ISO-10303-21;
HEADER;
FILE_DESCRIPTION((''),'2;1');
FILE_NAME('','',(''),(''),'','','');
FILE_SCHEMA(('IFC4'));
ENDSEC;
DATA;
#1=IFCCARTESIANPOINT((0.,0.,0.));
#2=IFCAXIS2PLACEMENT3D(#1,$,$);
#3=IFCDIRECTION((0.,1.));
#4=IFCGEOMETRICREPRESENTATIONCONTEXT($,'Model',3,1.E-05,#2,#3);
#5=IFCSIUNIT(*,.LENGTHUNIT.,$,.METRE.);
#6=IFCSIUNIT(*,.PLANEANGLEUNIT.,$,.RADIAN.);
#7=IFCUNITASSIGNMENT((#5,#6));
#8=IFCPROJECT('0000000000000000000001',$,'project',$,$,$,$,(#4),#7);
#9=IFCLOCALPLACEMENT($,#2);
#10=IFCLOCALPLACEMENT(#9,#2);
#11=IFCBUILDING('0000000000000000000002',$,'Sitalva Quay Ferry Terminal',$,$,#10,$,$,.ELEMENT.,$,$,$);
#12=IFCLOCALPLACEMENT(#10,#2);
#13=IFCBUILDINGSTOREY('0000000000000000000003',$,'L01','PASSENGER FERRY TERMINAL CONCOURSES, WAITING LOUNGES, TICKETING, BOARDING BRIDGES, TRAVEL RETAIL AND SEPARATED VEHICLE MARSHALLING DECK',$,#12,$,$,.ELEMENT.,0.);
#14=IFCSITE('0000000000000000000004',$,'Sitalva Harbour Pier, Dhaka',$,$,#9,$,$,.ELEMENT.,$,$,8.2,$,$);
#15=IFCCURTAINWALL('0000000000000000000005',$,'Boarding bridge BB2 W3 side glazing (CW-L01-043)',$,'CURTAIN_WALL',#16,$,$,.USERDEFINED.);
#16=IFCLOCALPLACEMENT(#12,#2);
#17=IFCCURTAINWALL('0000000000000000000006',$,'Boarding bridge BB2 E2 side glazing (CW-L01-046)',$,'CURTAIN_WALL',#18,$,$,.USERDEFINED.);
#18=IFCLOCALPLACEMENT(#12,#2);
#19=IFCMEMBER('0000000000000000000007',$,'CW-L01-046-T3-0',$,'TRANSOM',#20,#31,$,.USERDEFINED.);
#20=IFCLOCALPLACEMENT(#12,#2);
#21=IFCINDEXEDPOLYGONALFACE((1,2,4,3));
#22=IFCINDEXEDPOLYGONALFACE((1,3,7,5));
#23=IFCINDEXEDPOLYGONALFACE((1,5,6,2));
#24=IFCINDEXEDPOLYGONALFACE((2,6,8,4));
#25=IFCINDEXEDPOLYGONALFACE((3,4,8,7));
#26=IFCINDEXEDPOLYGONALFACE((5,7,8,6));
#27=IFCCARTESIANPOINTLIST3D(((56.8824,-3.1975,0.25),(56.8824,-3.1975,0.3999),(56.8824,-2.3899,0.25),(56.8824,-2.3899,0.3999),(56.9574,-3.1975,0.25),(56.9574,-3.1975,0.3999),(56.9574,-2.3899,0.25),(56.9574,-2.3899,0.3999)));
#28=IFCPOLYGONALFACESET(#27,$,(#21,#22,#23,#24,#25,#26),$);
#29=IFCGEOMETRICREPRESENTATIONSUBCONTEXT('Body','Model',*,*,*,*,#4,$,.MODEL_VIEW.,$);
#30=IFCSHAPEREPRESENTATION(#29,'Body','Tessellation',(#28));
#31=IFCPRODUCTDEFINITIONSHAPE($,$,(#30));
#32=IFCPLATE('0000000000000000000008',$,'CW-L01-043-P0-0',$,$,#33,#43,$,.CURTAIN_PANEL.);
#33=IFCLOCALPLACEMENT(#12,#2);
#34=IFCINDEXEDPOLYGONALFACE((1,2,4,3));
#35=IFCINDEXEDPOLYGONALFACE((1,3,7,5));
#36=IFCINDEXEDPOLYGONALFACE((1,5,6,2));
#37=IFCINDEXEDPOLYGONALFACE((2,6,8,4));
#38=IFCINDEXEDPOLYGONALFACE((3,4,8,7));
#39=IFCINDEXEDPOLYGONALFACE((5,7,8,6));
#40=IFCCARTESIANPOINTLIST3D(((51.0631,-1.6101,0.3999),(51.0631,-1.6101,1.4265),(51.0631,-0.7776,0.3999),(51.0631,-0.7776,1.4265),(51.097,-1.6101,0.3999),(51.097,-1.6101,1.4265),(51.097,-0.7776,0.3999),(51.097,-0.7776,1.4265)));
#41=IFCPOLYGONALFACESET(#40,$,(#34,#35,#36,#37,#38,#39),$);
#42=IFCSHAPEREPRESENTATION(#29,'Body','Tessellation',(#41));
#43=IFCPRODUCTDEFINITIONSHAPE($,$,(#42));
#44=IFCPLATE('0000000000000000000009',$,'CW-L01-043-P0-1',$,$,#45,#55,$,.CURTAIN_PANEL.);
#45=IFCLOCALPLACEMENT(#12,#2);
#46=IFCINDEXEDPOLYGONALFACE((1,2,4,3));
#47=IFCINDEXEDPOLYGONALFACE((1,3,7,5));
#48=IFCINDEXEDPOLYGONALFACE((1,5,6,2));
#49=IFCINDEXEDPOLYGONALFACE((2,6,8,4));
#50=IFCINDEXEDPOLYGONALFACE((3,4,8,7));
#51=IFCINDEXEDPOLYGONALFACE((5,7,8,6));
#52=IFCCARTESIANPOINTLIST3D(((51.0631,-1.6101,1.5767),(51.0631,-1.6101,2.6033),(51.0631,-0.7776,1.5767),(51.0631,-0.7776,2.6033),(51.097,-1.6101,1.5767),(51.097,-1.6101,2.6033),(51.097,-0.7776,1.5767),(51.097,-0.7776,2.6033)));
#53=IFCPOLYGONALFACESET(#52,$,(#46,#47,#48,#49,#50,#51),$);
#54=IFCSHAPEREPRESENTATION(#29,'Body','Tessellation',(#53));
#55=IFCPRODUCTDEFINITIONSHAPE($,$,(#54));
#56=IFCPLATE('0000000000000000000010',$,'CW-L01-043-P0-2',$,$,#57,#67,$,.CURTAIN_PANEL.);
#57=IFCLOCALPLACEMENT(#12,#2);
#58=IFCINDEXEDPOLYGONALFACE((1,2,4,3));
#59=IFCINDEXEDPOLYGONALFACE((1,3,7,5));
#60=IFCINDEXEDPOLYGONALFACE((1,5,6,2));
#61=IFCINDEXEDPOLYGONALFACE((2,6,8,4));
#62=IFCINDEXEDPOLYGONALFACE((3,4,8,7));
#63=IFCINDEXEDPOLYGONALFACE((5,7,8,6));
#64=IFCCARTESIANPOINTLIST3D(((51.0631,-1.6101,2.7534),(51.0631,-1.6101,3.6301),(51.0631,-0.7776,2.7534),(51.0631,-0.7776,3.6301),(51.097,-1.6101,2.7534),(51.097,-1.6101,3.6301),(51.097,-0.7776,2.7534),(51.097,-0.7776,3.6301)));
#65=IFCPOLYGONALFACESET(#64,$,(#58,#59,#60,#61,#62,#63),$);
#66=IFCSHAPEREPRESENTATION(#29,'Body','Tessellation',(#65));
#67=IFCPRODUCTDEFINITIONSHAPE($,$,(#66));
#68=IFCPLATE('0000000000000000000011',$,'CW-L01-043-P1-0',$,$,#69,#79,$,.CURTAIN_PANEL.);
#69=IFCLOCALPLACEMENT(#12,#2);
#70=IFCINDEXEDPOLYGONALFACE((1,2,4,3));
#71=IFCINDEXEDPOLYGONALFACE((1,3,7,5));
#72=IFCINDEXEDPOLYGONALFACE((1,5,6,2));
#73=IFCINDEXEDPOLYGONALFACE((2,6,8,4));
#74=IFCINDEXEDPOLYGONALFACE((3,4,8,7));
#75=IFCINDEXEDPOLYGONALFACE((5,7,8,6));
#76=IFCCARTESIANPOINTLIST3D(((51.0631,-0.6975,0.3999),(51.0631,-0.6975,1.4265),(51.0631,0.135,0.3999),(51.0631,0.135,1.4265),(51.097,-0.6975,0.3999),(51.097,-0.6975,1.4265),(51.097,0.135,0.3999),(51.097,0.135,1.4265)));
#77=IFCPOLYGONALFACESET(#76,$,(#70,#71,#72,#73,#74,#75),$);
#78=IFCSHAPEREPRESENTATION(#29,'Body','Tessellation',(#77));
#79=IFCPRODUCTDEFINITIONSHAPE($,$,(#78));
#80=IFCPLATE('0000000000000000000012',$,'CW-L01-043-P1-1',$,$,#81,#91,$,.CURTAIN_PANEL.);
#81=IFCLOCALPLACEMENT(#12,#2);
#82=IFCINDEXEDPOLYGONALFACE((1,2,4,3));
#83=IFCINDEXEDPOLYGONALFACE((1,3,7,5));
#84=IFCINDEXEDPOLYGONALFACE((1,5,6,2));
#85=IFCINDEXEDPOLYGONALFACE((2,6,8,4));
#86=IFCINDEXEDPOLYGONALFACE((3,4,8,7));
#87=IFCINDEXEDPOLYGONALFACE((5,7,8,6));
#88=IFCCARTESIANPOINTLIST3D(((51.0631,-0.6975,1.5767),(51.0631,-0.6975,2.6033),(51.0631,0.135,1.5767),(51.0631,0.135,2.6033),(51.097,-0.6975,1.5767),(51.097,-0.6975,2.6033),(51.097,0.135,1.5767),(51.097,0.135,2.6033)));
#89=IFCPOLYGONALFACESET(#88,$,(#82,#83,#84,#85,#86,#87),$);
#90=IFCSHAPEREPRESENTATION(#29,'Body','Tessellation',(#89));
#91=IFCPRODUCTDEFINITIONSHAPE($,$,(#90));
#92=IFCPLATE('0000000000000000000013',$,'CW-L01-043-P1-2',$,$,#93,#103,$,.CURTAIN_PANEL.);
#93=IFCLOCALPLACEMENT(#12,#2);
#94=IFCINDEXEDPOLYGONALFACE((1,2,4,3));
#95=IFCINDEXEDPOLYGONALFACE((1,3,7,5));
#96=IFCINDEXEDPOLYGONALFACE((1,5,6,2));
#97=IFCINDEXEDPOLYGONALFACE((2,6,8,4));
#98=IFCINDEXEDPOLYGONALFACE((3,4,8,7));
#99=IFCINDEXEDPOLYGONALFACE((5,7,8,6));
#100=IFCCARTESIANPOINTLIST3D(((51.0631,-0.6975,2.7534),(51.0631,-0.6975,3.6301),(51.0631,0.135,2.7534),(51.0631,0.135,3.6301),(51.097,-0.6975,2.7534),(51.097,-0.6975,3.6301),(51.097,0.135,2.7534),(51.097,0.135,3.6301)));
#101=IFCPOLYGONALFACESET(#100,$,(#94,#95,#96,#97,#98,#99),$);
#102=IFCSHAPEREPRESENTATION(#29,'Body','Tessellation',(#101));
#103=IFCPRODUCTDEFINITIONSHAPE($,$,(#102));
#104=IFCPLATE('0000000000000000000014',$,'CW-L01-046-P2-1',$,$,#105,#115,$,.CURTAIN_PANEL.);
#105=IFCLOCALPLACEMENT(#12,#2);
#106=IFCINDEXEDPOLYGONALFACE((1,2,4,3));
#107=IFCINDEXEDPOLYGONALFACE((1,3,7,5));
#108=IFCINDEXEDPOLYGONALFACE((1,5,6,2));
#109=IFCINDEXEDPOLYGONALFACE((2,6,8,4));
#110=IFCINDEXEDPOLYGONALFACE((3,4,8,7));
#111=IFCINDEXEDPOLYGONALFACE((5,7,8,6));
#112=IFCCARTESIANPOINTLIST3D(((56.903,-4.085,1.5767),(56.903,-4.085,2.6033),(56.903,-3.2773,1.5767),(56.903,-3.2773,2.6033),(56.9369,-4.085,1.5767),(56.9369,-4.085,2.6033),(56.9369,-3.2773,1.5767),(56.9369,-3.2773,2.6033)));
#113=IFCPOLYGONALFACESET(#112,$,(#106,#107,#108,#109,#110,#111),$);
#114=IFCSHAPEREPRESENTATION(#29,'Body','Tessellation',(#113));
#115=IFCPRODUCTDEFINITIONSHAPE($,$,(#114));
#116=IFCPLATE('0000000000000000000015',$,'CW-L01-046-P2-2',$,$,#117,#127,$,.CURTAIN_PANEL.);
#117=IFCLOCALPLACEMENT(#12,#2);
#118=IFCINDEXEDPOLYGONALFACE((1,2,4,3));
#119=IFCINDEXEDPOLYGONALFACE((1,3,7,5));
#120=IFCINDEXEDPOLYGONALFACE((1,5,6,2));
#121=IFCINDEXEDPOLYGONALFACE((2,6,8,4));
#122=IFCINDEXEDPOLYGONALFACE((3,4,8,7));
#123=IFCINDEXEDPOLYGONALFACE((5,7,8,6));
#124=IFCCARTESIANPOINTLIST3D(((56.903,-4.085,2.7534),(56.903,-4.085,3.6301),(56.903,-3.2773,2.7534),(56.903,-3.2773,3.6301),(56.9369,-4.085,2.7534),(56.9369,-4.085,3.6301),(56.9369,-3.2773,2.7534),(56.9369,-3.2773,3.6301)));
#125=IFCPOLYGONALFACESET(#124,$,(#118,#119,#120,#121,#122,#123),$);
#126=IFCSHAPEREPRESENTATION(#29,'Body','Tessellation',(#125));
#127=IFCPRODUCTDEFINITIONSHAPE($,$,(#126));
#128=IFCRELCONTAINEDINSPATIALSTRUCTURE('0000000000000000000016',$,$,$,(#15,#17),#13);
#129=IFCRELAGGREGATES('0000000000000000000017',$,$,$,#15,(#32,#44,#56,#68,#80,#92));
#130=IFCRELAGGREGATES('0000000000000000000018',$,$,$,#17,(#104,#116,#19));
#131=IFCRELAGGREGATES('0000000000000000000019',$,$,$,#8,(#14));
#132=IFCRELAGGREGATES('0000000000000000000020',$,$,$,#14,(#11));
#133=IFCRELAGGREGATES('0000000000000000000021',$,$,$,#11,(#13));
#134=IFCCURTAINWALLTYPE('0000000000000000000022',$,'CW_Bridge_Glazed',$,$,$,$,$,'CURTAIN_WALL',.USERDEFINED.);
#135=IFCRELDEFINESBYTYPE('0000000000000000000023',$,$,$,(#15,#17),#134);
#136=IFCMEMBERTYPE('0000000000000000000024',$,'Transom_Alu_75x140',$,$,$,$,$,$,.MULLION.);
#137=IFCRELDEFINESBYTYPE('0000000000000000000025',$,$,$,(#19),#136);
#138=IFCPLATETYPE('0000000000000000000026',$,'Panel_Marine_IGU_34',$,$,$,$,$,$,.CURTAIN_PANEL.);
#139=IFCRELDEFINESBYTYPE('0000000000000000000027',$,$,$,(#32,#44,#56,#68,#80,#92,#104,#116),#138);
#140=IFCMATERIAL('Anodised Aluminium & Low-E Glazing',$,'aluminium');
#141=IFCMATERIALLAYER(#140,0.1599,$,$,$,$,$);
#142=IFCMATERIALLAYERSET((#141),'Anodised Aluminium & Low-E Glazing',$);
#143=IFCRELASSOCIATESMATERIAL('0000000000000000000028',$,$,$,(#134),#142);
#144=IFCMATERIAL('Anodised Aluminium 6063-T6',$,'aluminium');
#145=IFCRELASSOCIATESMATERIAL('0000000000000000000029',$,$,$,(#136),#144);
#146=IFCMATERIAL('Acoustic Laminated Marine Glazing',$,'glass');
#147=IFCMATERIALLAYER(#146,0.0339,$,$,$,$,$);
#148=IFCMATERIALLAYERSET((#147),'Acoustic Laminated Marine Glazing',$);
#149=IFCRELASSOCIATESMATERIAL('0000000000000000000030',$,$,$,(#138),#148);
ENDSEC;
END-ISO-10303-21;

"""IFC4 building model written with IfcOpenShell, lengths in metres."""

from ifc_helpers import new_model, si_unit, direction, frame, origin, origin_2d, place, context, subcontext, project, spatial, rectangle, extrude, material, layer, layer_set, material_profile, profile_set, type_object, element, aggregate, save


model = new_model("IFC4")

# Units and contexts
model_context = context("Model", 3, precision=1e-05, world=origin(), true_north=direction((0.0, 1.0)))
body_context = subcontext(model_context, "Body", "Model", "MODEL_VIEW")
ifc_project = project(units=[si_unit("LENGTHUNIT", "METRE"), si_unit("PLANEANGLEUNIT", "RADIAN")], contexts=[model_context])

# Site, building, storey
site_placement = place(None, origin())
site = spatial("IfcSite", under=ifc_project, at=site_placement, Name="Sitalva Harbour Pier, Dhaka", CompositionType="ELEMENT", RefElevation=8.2)
building_placement = place(site_placement, origin())
building = spatial("IfcBuilding", under=site, at=building_placement, Name="Sitalva Quay Ferry Terminal", CompositionType="ELEMENT")
storey_placement = place(building_placement, origin())
storey = spatial("IfcBuildingStorey", under=building, at=storey_placement, Name="L01", Description="PASSENGER FERRY TERMINAL CONCOURSES, WAITING LOUNGES, TICKETING, BOARDING BRIDGES, TRAVEL RETAIL AND SEPARATED VEHICLE MARSHALLING DECK", CompositionType="ELEMENT", Elevation=0.0)

# Curtain wall
ifc_material_1 = material(Name="Anodised Aluminium & Low-E Glazing", Category="aluminium")
ifc_layer_1 = layer(ifc_material_1, 0.1599)
ifc_layer_set_1 = layer_set([ifc_layer_1], Name="Anodised Aluminium & Low-E Glazing")
curtain_wall_type = type_object("IfcCurtainWallType", Name="CW_Bridge_Glazed", ElementType="CURTAIN_WALL", PredefinedType="USERDEFINED", material=ifc_layer_set_1)
curtain_wall_1_placement = place(storey_placement, origin())
curtain_wall_1 = element("IfcCurtainWall", 1, at=curtain_wall_1_placement, inside=storey, type_object=curtain_wall_type, Name="Boarding bridge BB2 W3 side glazing (CW-L01-043)", ObjectType="CURTAIN_WALL", PredefinedType="USERDEFINED")

# Curtain wall
curtain_wall_2_placement = place(storey_placement, origin())
curtain_wall_2 = element("IfcCurtainWall", 2, at=curtain_wall_2_placement, inside=storey, type_object=curtain_wall_type, Name="Boarding bridge BB2 E2 side glazing (CW-L01-046)", ObjectType="CURTAIN_WALL", PredefinedType="USERDEFINED")

# Member
ifc_material_2 = material(Name="Anodised Aluminium 6063-T6", Category="aluminium")
ifc_material_profile_1 = material_profile(ifc_material_2, rectangle(XDim=0.075, YDim=0.1499, at=origin_2d()), Name="ALU75x150")
ifc_profile_set_1 = profile_set([ifc_material_profile_1], Name="Anodised Aluminium 6063-T6")
member_type_1 = type_object("IfcMemberType", Name="Transom_Alu_75x140", PredefinedType="MULLION", material=ifc_profile_set_1)
member_1_placement = place(storey_placement, frame((56.9199, -3.1975, 0.325), z_axis=(0.0, 1.0, 0.0), x_axis=(-1.0, 0.0, 0.0)))
member_1 = element("IfcMember", 3, at=member_1_placement, type_object=member_type_1, Name="CW-L01-046-T3-0", ObjectType="TRANSOM", PredefinedType="USERDEFINED", context=body_context, shape_type="SweptSolid", body=[
    extrude(rectangle(XDim=0.075, YDim=0.1499, at=origin_2d()), origin(), (0.0, 0.0, 1.0), 0.8076),
])

# Plates
ifc_material_3 = material(Name="Acoustic Laminated Marine Glazing", Category="glass")
ifc_layer_2 = layer(ifc_material_3, 0.0339)
ifc_layer_set_2 = layer_set([ifc_layer_2], Name="Acoustic Laminated Marine Glazing")
plate_type = type_object("IfcPlateType", Name="Panel_Marine_IGU_34", PredefinedType="CURTAIN_PANEL", material=ifc_layer_set_2)
plate_1_placement = place(storey_placement, frame((51.0801, -1.1938, 0.3999), z_axis=(0.0, 0.0, 1.0), x_axis=(0.0, 1.0, 0.0)))
plate_1 = element("IfcPlate", 4, at=plate_1_placement, type_object=plate_type, Name="CW-L01-043-P0-0", PredefinedType="CURTAIN_PANEL", context=body_context, shape_type="SweptSolid", body=[
    extrude(rectangle(XDim=0.8325, YDim=0.0339, at=origin_2d()), origin(), (0.0, 0.0, 1.0), 1.0266),
])
plate_2_placement = place(storey_placement, frame((51.0801, -1.1938, 1.5767), z_axis=(0.0, 0.0, 1.0), x_axis=(0.0, 1.0, 0.0)))
plate_2 = element("IfcPlate", 5, at=plate_2_placement, type_object=plate_type, Name="CW-L01-043-P0-1", PredefinedType="CURTAIN_PANEL", context=body_context, shape_type="SweptSolid", body=[
    extrude(rectangle(XDim=0.8325, YDim=0.0339, at=origin_2d()), origin(), (0.0, 0.0, 1.0), 1.0266),
])
plate_3_placement = place(storey_placement, frame((51.0801, -1.1938, 2.7534), z_axis=(0.0, 0.0, 1.0), x_axis=(0.0, 1.0, 0.0)))
plate_3 = element("IfcPlate", 6, at=plate_3_placement, type_object=plate_type, Name="CW-L01-043-P0-2", PredefinedType="CURTAIN_PANEL", context=body_context, shape_type="SweptSolid", body=[
    extrude(rectangle(XDim=0.8325, YDim=0.0339, at=origin_2d()), origin(), (0.0, 0.0, 1.0), 0.8767),
])
plate_4_placement = place(storey_placement, frame((51.0801, -0.2812, 0.3999), z_axis=(0.0, 0.0, 1.0), x_axis=(0.0, 1.0, 0.0)))
plate_4 = element("IfcPlate", 7, at=plate_4_placement, type_object=plate_type, Name="CW-L01-043-P1-0", PredefinedType="CURTAIN_PANEL", context=body_context, shape_type="SweptSolid", body=[
    extrude(rectangle(XDim=0.8325, YDim=0.0339, at=origin_2d()), origin(), (0.0, 0.0, 1.0), 1.0266),
])
plate_5_placement = place(storey_placement, frame((51.0801, -0.2812, 1.5767), z_axis=(0.0, 0.0, 1.0), x_axis=(0.0, 1.0, 0.0)))
plate_5 = element("IfcPlate", 8, at=plate_5_placement, type_object=plate_type, Name="CW-L01-043-P1-1", PredefinedType="CURTAIN_PANEL", context=body_context, shape_type="SweptSolid", body=[
    extrude(rectangle(XDim=0.8325, YDim=0.0339, at=origin_2d()), origin(), (0.0, 0.0, 1.0), 1.0266),
])
plate_6_placement = place(storey_placement, frame((51.0801, -0.2812, 2.7534), z_axis=(0.0, 0.0, 1.0), x_axis=(0.0, 1.0, 0.0)))
plate_6 = element("IfcPlate", 9, at=plate_6_placement, type_object=plate_type, Name="CW-L01-043-P1-2", PredefinedType="CURTAIN_PANEL", context=body_context, shape_type="SweptSolid", body=[
    extrude(rectangle(XDim=0.8325, YDim=0.0339, at=origin_2d()), origin(), (0.0, 0.0, 1.0), 0.8767),
])
aggregate(curtain_wall_1, [plate_1, plate_2, plate_3, plate_4, plate_5, plate_6])
plate_7_placement = place(storey_placement, frame((56.9199, -3.6812, 1.5767), z_axis=(0.0, 0.0, 1.0), x_axis=(0.0, 1.0, 0.0)))
plate_7 = element("IfcPlate", 10, at=plate_7_placement, type_object=plate_type, Name="CW-L01-046-P2-1", PredefinedType="CURTAIN_PANEL", context=body_context, shape_type="SweptSolid", body=[
    extrude(rectangle(XDim=0.8076, YDim=0.0339, at=origin_2d()), origin(), (0.0, 0.0, 1.0), 1.0266),
])
plate_8_placement = place(storey_placement, frame((56.9199, -3.6812, 2.7534), z_axis=(0.0, 0.0, 1.0), x_axis=(0.0, 1.0, 0.0)))
plate_8 = element("IfcPlate", 11, at=plate_8_placement, type_object=plate_type, Name="CW-L01-046-P2-2", PredefinedType="CURTAIN_PANEL", context=body_context, shape_type="SweptSolid", body=[
    extrude(rectangle(XDim=0.8076, YDim=0.0339, at=origin_2d()), origin(), (0.0, 0.0, 1.0), 0.8767),
])
aggregate(curtain_wall_2, [plate_7, plate_8, member_1])

save(model, "model.ifc")
